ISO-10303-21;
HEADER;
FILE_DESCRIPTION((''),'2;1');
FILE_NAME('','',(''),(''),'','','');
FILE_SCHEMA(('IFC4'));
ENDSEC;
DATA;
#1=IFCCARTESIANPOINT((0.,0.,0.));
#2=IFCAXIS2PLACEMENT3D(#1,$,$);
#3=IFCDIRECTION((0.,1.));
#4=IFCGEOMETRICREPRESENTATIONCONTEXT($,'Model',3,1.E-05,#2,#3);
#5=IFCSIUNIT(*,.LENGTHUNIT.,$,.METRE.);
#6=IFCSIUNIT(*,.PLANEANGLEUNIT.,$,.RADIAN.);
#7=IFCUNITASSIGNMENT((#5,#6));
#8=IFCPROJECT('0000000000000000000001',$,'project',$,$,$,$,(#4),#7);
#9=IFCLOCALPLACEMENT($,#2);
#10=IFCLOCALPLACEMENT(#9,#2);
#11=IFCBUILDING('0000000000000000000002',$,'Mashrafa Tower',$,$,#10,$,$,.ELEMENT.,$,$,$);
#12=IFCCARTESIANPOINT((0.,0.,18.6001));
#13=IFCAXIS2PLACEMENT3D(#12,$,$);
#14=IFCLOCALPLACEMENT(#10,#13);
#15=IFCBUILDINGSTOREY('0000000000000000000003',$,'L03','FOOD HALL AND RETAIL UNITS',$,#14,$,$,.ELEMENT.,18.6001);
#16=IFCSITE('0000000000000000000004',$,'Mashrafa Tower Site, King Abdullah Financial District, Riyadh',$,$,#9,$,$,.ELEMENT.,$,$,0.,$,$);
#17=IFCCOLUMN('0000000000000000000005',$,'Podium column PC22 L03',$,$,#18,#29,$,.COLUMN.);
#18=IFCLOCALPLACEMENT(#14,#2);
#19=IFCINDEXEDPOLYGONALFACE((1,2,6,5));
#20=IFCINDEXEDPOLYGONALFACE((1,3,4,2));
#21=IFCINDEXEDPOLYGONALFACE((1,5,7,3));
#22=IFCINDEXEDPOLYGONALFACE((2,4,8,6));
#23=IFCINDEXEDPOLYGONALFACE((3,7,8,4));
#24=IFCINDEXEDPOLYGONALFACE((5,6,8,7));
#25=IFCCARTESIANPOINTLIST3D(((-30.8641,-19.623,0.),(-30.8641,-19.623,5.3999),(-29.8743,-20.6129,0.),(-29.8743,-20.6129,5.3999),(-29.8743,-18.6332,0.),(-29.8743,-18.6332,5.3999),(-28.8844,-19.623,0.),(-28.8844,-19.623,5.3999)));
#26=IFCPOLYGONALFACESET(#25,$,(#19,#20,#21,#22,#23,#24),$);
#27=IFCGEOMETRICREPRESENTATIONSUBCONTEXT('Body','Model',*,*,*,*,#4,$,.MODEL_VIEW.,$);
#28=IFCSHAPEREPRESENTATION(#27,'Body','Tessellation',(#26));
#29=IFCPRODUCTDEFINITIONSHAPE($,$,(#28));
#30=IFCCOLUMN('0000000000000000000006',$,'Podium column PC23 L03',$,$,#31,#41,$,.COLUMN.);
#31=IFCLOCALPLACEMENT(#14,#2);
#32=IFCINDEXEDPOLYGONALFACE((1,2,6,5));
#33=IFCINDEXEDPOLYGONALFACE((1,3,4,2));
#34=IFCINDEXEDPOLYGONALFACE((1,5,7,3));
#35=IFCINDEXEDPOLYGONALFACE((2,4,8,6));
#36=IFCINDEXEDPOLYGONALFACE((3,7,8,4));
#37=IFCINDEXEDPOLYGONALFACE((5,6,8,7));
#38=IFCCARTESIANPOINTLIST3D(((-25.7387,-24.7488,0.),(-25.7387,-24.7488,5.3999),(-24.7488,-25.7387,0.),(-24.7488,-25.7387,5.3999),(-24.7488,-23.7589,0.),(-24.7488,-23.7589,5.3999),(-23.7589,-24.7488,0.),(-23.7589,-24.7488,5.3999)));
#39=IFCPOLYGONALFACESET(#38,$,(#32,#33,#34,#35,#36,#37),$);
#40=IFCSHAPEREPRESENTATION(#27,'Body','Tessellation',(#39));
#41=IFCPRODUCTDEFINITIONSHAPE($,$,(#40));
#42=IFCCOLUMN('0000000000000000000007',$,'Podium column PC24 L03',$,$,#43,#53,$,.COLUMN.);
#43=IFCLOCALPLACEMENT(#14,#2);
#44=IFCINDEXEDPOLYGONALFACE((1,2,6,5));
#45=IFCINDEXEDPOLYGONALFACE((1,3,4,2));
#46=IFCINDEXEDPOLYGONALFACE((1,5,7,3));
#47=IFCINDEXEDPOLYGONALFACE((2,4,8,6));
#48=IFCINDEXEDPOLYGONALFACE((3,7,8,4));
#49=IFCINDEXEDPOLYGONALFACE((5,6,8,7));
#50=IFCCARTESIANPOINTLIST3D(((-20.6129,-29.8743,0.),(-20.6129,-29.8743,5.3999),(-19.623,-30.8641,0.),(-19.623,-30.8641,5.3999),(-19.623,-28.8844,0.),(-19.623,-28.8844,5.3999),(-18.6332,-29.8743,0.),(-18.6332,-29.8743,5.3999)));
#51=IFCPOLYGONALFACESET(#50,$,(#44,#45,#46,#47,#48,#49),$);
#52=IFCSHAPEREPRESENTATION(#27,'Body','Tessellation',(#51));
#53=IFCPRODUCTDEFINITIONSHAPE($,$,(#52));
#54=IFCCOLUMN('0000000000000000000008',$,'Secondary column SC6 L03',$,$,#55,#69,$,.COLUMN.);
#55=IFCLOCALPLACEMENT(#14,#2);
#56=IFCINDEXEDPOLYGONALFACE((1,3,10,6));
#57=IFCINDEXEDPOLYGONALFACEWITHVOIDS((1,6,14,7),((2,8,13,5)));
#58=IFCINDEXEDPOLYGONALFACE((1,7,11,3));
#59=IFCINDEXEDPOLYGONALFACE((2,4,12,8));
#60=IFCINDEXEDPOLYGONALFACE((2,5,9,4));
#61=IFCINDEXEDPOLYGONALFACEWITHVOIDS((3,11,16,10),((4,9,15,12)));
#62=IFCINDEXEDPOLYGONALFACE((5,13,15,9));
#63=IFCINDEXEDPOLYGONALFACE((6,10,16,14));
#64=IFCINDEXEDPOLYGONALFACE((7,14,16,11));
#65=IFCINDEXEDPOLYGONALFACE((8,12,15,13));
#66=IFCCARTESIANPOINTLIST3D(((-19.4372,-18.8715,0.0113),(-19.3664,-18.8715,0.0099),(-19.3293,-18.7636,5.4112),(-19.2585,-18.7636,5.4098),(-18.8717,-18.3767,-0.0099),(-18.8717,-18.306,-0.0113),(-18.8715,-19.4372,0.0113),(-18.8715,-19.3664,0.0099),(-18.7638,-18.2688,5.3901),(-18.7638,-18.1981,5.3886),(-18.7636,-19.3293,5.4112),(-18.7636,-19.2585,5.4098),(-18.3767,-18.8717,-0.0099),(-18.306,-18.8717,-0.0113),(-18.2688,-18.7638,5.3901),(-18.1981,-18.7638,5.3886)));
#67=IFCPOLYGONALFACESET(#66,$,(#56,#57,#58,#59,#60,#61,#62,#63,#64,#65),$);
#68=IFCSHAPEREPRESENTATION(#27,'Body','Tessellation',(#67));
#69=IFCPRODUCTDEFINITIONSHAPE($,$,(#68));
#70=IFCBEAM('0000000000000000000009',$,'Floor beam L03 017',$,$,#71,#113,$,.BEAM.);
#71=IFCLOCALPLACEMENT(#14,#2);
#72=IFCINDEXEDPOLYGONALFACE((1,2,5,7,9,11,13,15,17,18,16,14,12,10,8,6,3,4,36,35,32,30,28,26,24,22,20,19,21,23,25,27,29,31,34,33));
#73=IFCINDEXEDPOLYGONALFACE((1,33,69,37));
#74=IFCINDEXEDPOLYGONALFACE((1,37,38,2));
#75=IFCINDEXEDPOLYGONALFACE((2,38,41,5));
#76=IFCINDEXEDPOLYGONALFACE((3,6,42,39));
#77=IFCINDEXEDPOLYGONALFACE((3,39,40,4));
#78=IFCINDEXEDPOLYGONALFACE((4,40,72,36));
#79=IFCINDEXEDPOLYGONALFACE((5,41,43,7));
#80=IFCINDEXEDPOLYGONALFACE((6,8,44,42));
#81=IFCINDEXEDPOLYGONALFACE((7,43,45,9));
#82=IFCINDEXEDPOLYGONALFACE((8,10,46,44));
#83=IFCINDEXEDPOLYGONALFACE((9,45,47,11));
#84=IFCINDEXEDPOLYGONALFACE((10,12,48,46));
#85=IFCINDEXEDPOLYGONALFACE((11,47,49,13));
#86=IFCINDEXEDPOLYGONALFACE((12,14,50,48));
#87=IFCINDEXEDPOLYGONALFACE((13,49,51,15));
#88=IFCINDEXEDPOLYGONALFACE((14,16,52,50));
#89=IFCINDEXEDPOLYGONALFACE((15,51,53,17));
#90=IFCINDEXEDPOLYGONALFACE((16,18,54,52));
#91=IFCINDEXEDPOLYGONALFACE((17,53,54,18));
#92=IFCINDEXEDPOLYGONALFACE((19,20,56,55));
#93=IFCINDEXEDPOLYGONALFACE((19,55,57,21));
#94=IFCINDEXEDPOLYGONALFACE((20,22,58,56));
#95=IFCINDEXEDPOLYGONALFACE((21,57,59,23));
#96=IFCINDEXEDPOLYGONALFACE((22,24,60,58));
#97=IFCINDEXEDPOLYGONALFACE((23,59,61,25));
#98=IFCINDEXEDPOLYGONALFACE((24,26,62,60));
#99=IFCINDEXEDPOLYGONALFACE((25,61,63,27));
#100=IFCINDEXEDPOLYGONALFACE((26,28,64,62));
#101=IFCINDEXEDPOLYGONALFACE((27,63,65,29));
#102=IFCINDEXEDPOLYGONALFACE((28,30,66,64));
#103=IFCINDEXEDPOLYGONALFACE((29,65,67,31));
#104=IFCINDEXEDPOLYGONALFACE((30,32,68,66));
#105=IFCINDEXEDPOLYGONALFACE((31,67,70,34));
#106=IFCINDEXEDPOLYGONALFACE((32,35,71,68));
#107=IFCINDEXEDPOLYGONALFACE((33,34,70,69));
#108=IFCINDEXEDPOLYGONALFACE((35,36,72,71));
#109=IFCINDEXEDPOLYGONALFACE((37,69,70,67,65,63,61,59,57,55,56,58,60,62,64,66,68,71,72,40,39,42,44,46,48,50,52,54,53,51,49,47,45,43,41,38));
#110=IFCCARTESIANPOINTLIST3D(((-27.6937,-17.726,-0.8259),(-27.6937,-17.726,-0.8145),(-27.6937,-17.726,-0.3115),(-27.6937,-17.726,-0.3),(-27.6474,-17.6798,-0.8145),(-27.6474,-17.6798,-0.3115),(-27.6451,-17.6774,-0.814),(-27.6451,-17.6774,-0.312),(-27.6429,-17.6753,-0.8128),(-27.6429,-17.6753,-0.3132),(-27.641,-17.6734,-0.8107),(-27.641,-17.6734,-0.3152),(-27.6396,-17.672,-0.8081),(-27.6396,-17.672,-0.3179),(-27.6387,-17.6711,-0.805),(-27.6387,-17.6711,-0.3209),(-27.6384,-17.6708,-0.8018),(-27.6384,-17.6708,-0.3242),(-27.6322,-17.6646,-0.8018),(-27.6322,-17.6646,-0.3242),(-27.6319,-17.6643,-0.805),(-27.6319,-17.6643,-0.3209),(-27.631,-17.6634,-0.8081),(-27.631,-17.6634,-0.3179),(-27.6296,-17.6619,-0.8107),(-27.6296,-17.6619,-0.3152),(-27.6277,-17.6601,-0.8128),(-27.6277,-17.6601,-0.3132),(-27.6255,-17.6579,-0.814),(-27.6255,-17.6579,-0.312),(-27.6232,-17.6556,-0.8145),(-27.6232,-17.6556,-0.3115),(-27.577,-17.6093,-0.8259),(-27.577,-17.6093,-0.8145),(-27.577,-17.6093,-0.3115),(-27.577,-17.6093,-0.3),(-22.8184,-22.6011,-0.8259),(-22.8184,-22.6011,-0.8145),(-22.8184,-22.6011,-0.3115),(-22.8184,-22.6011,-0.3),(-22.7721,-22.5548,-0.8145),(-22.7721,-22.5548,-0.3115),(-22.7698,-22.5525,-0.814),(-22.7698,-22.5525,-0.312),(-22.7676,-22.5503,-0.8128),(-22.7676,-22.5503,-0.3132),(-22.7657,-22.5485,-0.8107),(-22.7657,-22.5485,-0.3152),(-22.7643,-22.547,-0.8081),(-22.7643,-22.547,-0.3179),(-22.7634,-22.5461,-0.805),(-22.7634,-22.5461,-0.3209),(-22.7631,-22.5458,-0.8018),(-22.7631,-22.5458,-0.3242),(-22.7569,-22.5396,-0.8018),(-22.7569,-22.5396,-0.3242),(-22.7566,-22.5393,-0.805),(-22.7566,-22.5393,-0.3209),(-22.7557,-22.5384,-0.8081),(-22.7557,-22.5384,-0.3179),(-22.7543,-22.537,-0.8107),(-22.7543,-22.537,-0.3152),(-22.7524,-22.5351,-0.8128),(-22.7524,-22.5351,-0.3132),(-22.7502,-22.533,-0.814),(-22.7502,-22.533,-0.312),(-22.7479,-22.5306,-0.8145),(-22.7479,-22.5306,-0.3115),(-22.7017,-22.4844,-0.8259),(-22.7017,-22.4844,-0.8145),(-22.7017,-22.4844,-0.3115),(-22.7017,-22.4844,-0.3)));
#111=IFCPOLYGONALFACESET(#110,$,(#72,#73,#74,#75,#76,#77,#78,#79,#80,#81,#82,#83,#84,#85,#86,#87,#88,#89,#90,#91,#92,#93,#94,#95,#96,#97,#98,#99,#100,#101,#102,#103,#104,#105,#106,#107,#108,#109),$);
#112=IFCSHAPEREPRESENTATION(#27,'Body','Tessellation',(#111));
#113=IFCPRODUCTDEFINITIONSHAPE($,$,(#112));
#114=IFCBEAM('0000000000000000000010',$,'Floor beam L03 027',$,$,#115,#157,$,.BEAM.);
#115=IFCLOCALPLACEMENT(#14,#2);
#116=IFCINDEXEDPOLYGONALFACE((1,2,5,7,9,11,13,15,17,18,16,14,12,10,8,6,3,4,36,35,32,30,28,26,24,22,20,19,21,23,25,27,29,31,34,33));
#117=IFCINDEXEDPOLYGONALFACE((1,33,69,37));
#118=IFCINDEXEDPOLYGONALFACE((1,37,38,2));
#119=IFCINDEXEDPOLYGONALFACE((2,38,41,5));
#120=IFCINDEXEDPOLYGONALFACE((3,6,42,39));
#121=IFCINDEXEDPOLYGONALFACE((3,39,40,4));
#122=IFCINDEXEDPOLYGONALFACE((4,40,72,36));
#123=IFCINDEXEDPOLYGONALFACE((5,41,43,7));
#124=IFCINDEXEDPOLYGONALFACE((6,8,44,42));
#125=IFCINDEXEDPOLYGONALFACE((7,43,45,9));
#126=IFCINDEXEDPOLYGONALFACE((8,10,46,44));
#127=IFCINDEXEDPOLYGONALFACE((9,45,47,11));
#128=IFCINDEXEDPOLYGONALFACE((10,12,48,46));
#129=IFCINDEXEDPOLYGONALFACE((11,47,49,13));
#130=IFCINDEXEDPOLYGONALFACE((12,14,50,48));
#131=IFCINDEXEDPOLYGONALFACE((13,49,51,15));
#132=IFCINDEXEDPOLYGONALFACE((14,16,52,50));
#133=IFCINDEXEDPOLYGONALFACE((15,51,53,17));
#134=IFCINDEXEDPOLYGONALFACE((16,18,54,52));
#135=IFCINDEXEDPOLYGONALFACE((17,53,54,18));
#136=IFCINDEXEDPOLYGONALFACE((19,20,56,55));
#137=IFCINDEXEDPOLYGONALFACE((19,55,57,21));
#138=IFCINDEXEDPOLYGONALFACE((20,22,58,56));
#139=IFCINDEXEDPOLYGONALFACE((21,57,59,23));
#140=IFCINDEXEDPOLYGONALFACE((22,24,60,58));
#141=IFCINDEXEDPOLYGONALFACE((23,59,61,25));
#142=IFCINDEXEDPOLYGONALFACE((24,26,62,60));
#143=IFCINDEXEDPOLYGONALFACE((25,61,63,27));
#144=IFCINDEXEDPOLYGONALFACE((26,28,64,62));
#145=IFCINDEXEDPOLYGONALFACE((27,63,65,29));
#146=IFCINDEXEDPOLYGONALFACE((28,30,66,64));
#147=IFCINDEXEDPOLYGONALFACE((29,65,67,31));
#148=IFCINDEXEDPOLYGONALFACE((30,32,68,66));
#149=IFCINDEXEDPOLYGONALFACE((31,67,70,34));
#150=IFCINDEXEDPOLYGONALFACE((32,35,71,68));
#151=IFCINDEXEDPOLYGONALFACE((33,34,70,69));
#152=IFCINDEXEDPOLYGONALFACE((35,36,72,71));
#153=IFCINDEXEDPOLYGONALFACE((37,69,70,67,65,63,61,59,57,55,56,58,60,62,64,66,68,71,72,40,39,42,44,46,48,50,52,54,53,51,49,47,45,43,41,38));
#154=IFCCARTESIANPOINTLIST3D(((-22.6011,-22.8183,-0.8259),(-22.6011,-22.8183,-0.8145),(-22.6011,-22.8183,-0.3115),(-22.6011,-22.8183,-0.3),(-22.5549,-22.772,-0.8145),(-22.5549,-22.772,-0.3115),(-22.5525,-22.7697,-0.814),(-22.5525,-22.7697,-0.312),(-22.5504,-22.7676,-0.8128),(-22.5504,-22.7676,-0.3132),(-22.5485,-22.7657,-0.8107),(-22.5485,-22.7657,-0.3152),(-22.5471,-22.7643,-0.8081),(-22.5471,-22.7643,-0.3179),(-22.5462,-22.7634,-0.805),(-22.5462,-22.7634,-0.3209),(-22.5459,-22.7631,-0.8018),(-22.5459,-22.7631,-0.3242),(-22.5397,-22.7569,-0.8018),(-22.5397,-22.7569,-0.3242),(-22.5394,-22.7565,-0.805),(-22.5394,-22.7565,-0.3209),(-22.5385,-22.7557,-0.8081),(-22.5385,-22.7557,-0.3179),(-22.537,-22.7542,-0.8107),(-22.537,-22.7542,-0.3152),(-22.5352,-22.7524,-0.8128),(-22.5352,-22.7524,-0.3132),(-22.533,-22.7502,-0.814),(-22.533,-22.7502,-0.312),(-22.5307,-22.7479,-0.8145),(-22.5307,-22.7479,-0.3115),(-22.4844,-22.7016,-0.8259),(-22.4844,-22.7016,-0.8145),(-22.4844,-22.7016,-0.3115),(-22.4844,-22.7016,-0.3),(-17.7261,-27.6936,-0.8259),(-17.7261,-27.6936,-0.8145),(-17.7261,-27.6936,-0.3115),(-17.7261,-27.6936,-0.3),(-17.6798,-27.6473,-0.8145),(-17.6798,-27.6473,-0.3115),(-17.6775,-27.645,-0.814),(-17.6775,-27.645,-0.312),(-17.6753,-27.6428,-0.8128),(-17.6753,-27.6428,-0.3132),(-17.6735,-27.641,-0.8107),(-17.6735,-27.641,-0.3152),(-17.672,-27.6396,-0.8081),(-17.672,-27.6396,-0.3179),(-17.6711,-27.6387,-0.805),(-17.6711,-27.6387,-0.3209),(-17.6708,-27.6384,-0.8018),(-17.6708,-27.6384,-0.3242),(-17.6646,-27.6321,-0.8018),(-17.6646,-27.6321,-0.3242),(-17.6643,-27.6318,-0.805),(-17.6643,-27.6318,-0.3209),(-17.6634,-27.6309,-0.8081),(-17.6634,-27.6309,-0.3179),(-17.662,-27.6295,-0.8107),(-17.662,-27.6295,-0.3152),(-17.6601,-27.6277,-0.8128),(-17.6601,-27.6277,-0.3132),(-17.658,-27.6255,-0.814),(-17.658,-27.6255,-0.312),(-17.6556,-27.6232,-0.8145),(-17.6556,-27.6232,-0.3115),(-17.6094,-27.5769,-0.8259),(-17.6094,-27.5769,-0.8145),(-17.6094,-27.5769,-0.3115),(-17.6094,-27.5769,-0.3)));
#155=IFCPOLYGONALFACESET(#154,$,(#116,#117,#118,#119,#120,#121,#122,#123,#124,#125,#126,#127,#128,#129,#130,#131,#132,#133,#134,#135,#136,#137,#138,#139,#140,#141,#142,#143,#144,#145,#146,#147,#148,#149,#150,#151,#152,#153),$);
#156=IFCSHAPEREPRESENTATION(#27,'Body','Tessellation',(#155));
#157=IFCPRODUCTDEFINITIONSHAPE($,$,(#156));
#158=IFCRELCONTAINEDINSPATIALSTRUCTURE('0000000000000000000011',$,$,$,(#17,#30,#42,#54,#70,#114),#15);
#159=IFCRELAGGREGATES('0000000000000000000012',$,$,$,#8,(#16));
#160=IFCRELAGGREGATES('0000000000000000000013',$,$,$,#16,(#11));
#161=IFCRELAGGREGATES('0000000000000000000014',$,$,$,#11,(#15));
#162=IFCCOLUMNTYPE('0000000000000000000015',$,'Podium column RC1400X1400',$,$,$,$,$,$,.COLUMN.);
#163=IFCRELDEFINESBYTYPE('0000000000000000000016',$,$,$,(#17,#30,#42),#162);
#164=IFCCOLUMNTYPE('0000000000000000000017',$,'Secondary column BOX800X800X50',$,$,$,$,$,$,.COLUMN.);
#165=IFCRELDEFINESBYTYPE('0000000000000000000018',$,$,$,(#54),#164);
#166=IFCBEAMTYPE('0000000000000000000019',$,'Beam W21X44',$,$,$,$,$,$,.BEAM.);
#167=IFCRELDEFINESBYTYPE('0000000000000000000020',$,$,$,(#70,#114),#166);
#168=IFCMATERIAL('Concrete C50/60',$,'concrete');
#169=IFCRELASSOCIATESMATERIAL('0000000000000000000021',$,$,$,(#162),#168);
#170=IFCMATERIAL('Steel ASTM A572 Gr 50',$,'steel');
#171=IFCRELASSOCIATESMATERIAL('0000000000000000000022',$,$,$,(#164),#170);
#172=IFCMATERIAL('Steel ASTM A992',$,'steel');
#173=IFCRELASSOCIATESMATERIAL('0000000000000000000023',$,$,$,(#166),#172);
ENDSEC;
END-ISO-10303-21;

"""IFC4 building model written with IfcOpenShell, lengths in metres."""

from ifc_helpers import new_model, si_unit, direction, frame, origin, origin_2d, place, context, subcontext, project, spatial, rectangle, hollow_rectangle, i_section, extrude, material, material_profile, profile_set, type_object, element, save


model = new_model("IFC4")

# Units and contexts
model_context = context("Model", 3, precision=1e-05, world=origin(), true_north=direction((0.0, 1.0)))
body_context = subcontext(model_context, "Body", "Model", "MODEL_VIEW")
ifc_project = project(units=[si_unit("LENGTHUNIT", "METRE"), si_unit("PLANEANGLEUNIT", "RADIAN")], contexts=[model_context])

# Site, building, storey
site_placement = place(None, origin())
site = spatial("IfcSite", under=ifc_project, at=site_placement, Name="Mashrafa Tower Site, King Abdullah Financial District, Riyadh", CompositionType="ELEMENT", RefElevation=0.0)
building_placement = place(site_placement, origin())
building = spatial("IfcBuilding", under=site, at=building_placement, Name="Mashrafa Tower", CompositionType="ELEMENT")
storey_placement = place(building_placement, frame((0.0, 0.0, 18.6001)))
storey = spatial("IfcBuildingStorey", under=building, at=storey_placement, Name="L03", Description="FOOD HALL AND RETAIL UNITS", CompositionType="ELEMENT", Elevation=18.6001)

# Columns
ifc_material_1 = material(Name="Concrete C50/60", Category="concrete")
ifc_material_profile_1 = material_profile(ifc_material_1, rectangle(XDim=1.3999, YDim=1.3999, at=origin_2d()), Name="RC1400X1400")
ifc_profile_set_1 = profile_set([ifc_material_profile_1], Name="Concrete C50/60")
column_type_1 = type_object("IfcColumnType", Name="Podium column RC1400X1400", PredefinedType="COLUMN", material=ifc_profile_set_1)
for number, where, z_axis, x_axis, name in (
    (1, (-29.8743, -19.623, 0.0), (0.0, 0.0, 1.0), (0.707107, 0.707107, 0.0), "Podium column PC22 L03"),
    (2, (-24.7488, -24.7488, 0.0), (0.0, 0.0, 1.0), (0.707107, 0.707107, 0.0), "Podium column PC23 L03"),
    (3, (-19.623, -29.8743, 0.0), (0.0, 0.0, 1.0), (0.707107, 0.707107, 0.0), "Podium column PC24 L03"),
):
    element("IfcColumn", number, at=place(storey_placement, frame(where, z_axis=z_axis, x_axis=x_axis)), inside=storey, type_object=column_type_1, Name=name, PredefinedType="COLUMN", context=body_context, shape_type="SweptSolid", body=[
        extrude(rectangle(XDim=1.3999, YDim=1.3999, at=origin_2d()), origin(), (0.0, 0.0, 1.0), 5.3999),
    ])
ifc_material_2 = material(Name="Steel ASTM A572 Gr 50", Category="steel")
ifc_material_profile_2 = material_profile(ifc_material_2, hollow_rectangle(XDim=0.8, YDim=0.8, WallThickness=0.05, at=origin_2d()), Name="BOX800X800X50")
ifc_profile_set_2 = profile_set([ifc_material_profile_2], Name="Steel ASTM A572 Gr 50")
column_type_2 = type_object("IfcColumnType", Name="Secondary column BOX800X800X50", PredefinedType="COLUMN", material=ifc_profile_set_2)
column_placement = place(storey_placement, frame((-18.8716, -18.8716, 0.0), z_axis=(0.019976, 0.019976, 0.999601), x_axis=(-0.707107, 0.707107, 0.0)))
element("IfcColumn", 4, at=column_placement, inside=storey, type_object=column_type_2, Name="Secondary column SC6 L03", PredefinedType="COLUMN", context=body_context, shape_type="SweptSolid", body=[
    extrude(hollow_rectangle(XDim=0.8, YDim=0.8, WallThickness=0.05, at=origin_2d()), origin(), (0.0, 0.0, 1.0), 5.4021),
])

# Beams
ifc_material_3 = material(Name="Steel ASTM A992", Category="steel")
ifc_material_profile_3 = material_profile(ifc_material_3, i_section(OverallWidth=0.165, OverallDepth=0.5259, WebThickness=0.0088, FlangeThickness=0.0115, FilletRadius=0.0127, at=origin_2d()), Name="W21X44")
ifc_profile_set_3 = profile_set([ifc_material_profile_3], Name="Steel ASTM A992")
beam_type_1 = type_object("IfcBeamType", Name="Beam W21X44", PredefinedType="BEAM", material=ifc_profile_set_3)
for number, where, z_axis, x_axis, name in (
    (5, (-22.76, -22.5427, -0.563), (-0.707124, 0.707089, 0.0), (-0.707089, -0.707124, 0.0), "Floor beam L03 017"),
    (6, (-17.6677, -27.6353, -0.563), (-0.707089, 0.707124, 0.0), (-0.707124, -0.707089, 0.0), "Floor beam L03 027"),
):
    element("IfcBeam", number, at=place(storey_placement, frame(where, z_axis=z_axis, x_axis=x_axis)), inside=storey, type_object=beam_type_1, Name=name, PredefinedType="BEAM", context=body_context, shape_type="SweptSolid", body=[
        extrude(i_section(OverallWidth=0.165, OverallDepth=0.5259, WebThickness=0.0088, FlangeThickness=0.0115, FilletRadius=0.0127, at=origin_2d()), origin(), (0.0, 0.0, 1.0), 6.8945),
    ])

save(model, "model.ifc")
